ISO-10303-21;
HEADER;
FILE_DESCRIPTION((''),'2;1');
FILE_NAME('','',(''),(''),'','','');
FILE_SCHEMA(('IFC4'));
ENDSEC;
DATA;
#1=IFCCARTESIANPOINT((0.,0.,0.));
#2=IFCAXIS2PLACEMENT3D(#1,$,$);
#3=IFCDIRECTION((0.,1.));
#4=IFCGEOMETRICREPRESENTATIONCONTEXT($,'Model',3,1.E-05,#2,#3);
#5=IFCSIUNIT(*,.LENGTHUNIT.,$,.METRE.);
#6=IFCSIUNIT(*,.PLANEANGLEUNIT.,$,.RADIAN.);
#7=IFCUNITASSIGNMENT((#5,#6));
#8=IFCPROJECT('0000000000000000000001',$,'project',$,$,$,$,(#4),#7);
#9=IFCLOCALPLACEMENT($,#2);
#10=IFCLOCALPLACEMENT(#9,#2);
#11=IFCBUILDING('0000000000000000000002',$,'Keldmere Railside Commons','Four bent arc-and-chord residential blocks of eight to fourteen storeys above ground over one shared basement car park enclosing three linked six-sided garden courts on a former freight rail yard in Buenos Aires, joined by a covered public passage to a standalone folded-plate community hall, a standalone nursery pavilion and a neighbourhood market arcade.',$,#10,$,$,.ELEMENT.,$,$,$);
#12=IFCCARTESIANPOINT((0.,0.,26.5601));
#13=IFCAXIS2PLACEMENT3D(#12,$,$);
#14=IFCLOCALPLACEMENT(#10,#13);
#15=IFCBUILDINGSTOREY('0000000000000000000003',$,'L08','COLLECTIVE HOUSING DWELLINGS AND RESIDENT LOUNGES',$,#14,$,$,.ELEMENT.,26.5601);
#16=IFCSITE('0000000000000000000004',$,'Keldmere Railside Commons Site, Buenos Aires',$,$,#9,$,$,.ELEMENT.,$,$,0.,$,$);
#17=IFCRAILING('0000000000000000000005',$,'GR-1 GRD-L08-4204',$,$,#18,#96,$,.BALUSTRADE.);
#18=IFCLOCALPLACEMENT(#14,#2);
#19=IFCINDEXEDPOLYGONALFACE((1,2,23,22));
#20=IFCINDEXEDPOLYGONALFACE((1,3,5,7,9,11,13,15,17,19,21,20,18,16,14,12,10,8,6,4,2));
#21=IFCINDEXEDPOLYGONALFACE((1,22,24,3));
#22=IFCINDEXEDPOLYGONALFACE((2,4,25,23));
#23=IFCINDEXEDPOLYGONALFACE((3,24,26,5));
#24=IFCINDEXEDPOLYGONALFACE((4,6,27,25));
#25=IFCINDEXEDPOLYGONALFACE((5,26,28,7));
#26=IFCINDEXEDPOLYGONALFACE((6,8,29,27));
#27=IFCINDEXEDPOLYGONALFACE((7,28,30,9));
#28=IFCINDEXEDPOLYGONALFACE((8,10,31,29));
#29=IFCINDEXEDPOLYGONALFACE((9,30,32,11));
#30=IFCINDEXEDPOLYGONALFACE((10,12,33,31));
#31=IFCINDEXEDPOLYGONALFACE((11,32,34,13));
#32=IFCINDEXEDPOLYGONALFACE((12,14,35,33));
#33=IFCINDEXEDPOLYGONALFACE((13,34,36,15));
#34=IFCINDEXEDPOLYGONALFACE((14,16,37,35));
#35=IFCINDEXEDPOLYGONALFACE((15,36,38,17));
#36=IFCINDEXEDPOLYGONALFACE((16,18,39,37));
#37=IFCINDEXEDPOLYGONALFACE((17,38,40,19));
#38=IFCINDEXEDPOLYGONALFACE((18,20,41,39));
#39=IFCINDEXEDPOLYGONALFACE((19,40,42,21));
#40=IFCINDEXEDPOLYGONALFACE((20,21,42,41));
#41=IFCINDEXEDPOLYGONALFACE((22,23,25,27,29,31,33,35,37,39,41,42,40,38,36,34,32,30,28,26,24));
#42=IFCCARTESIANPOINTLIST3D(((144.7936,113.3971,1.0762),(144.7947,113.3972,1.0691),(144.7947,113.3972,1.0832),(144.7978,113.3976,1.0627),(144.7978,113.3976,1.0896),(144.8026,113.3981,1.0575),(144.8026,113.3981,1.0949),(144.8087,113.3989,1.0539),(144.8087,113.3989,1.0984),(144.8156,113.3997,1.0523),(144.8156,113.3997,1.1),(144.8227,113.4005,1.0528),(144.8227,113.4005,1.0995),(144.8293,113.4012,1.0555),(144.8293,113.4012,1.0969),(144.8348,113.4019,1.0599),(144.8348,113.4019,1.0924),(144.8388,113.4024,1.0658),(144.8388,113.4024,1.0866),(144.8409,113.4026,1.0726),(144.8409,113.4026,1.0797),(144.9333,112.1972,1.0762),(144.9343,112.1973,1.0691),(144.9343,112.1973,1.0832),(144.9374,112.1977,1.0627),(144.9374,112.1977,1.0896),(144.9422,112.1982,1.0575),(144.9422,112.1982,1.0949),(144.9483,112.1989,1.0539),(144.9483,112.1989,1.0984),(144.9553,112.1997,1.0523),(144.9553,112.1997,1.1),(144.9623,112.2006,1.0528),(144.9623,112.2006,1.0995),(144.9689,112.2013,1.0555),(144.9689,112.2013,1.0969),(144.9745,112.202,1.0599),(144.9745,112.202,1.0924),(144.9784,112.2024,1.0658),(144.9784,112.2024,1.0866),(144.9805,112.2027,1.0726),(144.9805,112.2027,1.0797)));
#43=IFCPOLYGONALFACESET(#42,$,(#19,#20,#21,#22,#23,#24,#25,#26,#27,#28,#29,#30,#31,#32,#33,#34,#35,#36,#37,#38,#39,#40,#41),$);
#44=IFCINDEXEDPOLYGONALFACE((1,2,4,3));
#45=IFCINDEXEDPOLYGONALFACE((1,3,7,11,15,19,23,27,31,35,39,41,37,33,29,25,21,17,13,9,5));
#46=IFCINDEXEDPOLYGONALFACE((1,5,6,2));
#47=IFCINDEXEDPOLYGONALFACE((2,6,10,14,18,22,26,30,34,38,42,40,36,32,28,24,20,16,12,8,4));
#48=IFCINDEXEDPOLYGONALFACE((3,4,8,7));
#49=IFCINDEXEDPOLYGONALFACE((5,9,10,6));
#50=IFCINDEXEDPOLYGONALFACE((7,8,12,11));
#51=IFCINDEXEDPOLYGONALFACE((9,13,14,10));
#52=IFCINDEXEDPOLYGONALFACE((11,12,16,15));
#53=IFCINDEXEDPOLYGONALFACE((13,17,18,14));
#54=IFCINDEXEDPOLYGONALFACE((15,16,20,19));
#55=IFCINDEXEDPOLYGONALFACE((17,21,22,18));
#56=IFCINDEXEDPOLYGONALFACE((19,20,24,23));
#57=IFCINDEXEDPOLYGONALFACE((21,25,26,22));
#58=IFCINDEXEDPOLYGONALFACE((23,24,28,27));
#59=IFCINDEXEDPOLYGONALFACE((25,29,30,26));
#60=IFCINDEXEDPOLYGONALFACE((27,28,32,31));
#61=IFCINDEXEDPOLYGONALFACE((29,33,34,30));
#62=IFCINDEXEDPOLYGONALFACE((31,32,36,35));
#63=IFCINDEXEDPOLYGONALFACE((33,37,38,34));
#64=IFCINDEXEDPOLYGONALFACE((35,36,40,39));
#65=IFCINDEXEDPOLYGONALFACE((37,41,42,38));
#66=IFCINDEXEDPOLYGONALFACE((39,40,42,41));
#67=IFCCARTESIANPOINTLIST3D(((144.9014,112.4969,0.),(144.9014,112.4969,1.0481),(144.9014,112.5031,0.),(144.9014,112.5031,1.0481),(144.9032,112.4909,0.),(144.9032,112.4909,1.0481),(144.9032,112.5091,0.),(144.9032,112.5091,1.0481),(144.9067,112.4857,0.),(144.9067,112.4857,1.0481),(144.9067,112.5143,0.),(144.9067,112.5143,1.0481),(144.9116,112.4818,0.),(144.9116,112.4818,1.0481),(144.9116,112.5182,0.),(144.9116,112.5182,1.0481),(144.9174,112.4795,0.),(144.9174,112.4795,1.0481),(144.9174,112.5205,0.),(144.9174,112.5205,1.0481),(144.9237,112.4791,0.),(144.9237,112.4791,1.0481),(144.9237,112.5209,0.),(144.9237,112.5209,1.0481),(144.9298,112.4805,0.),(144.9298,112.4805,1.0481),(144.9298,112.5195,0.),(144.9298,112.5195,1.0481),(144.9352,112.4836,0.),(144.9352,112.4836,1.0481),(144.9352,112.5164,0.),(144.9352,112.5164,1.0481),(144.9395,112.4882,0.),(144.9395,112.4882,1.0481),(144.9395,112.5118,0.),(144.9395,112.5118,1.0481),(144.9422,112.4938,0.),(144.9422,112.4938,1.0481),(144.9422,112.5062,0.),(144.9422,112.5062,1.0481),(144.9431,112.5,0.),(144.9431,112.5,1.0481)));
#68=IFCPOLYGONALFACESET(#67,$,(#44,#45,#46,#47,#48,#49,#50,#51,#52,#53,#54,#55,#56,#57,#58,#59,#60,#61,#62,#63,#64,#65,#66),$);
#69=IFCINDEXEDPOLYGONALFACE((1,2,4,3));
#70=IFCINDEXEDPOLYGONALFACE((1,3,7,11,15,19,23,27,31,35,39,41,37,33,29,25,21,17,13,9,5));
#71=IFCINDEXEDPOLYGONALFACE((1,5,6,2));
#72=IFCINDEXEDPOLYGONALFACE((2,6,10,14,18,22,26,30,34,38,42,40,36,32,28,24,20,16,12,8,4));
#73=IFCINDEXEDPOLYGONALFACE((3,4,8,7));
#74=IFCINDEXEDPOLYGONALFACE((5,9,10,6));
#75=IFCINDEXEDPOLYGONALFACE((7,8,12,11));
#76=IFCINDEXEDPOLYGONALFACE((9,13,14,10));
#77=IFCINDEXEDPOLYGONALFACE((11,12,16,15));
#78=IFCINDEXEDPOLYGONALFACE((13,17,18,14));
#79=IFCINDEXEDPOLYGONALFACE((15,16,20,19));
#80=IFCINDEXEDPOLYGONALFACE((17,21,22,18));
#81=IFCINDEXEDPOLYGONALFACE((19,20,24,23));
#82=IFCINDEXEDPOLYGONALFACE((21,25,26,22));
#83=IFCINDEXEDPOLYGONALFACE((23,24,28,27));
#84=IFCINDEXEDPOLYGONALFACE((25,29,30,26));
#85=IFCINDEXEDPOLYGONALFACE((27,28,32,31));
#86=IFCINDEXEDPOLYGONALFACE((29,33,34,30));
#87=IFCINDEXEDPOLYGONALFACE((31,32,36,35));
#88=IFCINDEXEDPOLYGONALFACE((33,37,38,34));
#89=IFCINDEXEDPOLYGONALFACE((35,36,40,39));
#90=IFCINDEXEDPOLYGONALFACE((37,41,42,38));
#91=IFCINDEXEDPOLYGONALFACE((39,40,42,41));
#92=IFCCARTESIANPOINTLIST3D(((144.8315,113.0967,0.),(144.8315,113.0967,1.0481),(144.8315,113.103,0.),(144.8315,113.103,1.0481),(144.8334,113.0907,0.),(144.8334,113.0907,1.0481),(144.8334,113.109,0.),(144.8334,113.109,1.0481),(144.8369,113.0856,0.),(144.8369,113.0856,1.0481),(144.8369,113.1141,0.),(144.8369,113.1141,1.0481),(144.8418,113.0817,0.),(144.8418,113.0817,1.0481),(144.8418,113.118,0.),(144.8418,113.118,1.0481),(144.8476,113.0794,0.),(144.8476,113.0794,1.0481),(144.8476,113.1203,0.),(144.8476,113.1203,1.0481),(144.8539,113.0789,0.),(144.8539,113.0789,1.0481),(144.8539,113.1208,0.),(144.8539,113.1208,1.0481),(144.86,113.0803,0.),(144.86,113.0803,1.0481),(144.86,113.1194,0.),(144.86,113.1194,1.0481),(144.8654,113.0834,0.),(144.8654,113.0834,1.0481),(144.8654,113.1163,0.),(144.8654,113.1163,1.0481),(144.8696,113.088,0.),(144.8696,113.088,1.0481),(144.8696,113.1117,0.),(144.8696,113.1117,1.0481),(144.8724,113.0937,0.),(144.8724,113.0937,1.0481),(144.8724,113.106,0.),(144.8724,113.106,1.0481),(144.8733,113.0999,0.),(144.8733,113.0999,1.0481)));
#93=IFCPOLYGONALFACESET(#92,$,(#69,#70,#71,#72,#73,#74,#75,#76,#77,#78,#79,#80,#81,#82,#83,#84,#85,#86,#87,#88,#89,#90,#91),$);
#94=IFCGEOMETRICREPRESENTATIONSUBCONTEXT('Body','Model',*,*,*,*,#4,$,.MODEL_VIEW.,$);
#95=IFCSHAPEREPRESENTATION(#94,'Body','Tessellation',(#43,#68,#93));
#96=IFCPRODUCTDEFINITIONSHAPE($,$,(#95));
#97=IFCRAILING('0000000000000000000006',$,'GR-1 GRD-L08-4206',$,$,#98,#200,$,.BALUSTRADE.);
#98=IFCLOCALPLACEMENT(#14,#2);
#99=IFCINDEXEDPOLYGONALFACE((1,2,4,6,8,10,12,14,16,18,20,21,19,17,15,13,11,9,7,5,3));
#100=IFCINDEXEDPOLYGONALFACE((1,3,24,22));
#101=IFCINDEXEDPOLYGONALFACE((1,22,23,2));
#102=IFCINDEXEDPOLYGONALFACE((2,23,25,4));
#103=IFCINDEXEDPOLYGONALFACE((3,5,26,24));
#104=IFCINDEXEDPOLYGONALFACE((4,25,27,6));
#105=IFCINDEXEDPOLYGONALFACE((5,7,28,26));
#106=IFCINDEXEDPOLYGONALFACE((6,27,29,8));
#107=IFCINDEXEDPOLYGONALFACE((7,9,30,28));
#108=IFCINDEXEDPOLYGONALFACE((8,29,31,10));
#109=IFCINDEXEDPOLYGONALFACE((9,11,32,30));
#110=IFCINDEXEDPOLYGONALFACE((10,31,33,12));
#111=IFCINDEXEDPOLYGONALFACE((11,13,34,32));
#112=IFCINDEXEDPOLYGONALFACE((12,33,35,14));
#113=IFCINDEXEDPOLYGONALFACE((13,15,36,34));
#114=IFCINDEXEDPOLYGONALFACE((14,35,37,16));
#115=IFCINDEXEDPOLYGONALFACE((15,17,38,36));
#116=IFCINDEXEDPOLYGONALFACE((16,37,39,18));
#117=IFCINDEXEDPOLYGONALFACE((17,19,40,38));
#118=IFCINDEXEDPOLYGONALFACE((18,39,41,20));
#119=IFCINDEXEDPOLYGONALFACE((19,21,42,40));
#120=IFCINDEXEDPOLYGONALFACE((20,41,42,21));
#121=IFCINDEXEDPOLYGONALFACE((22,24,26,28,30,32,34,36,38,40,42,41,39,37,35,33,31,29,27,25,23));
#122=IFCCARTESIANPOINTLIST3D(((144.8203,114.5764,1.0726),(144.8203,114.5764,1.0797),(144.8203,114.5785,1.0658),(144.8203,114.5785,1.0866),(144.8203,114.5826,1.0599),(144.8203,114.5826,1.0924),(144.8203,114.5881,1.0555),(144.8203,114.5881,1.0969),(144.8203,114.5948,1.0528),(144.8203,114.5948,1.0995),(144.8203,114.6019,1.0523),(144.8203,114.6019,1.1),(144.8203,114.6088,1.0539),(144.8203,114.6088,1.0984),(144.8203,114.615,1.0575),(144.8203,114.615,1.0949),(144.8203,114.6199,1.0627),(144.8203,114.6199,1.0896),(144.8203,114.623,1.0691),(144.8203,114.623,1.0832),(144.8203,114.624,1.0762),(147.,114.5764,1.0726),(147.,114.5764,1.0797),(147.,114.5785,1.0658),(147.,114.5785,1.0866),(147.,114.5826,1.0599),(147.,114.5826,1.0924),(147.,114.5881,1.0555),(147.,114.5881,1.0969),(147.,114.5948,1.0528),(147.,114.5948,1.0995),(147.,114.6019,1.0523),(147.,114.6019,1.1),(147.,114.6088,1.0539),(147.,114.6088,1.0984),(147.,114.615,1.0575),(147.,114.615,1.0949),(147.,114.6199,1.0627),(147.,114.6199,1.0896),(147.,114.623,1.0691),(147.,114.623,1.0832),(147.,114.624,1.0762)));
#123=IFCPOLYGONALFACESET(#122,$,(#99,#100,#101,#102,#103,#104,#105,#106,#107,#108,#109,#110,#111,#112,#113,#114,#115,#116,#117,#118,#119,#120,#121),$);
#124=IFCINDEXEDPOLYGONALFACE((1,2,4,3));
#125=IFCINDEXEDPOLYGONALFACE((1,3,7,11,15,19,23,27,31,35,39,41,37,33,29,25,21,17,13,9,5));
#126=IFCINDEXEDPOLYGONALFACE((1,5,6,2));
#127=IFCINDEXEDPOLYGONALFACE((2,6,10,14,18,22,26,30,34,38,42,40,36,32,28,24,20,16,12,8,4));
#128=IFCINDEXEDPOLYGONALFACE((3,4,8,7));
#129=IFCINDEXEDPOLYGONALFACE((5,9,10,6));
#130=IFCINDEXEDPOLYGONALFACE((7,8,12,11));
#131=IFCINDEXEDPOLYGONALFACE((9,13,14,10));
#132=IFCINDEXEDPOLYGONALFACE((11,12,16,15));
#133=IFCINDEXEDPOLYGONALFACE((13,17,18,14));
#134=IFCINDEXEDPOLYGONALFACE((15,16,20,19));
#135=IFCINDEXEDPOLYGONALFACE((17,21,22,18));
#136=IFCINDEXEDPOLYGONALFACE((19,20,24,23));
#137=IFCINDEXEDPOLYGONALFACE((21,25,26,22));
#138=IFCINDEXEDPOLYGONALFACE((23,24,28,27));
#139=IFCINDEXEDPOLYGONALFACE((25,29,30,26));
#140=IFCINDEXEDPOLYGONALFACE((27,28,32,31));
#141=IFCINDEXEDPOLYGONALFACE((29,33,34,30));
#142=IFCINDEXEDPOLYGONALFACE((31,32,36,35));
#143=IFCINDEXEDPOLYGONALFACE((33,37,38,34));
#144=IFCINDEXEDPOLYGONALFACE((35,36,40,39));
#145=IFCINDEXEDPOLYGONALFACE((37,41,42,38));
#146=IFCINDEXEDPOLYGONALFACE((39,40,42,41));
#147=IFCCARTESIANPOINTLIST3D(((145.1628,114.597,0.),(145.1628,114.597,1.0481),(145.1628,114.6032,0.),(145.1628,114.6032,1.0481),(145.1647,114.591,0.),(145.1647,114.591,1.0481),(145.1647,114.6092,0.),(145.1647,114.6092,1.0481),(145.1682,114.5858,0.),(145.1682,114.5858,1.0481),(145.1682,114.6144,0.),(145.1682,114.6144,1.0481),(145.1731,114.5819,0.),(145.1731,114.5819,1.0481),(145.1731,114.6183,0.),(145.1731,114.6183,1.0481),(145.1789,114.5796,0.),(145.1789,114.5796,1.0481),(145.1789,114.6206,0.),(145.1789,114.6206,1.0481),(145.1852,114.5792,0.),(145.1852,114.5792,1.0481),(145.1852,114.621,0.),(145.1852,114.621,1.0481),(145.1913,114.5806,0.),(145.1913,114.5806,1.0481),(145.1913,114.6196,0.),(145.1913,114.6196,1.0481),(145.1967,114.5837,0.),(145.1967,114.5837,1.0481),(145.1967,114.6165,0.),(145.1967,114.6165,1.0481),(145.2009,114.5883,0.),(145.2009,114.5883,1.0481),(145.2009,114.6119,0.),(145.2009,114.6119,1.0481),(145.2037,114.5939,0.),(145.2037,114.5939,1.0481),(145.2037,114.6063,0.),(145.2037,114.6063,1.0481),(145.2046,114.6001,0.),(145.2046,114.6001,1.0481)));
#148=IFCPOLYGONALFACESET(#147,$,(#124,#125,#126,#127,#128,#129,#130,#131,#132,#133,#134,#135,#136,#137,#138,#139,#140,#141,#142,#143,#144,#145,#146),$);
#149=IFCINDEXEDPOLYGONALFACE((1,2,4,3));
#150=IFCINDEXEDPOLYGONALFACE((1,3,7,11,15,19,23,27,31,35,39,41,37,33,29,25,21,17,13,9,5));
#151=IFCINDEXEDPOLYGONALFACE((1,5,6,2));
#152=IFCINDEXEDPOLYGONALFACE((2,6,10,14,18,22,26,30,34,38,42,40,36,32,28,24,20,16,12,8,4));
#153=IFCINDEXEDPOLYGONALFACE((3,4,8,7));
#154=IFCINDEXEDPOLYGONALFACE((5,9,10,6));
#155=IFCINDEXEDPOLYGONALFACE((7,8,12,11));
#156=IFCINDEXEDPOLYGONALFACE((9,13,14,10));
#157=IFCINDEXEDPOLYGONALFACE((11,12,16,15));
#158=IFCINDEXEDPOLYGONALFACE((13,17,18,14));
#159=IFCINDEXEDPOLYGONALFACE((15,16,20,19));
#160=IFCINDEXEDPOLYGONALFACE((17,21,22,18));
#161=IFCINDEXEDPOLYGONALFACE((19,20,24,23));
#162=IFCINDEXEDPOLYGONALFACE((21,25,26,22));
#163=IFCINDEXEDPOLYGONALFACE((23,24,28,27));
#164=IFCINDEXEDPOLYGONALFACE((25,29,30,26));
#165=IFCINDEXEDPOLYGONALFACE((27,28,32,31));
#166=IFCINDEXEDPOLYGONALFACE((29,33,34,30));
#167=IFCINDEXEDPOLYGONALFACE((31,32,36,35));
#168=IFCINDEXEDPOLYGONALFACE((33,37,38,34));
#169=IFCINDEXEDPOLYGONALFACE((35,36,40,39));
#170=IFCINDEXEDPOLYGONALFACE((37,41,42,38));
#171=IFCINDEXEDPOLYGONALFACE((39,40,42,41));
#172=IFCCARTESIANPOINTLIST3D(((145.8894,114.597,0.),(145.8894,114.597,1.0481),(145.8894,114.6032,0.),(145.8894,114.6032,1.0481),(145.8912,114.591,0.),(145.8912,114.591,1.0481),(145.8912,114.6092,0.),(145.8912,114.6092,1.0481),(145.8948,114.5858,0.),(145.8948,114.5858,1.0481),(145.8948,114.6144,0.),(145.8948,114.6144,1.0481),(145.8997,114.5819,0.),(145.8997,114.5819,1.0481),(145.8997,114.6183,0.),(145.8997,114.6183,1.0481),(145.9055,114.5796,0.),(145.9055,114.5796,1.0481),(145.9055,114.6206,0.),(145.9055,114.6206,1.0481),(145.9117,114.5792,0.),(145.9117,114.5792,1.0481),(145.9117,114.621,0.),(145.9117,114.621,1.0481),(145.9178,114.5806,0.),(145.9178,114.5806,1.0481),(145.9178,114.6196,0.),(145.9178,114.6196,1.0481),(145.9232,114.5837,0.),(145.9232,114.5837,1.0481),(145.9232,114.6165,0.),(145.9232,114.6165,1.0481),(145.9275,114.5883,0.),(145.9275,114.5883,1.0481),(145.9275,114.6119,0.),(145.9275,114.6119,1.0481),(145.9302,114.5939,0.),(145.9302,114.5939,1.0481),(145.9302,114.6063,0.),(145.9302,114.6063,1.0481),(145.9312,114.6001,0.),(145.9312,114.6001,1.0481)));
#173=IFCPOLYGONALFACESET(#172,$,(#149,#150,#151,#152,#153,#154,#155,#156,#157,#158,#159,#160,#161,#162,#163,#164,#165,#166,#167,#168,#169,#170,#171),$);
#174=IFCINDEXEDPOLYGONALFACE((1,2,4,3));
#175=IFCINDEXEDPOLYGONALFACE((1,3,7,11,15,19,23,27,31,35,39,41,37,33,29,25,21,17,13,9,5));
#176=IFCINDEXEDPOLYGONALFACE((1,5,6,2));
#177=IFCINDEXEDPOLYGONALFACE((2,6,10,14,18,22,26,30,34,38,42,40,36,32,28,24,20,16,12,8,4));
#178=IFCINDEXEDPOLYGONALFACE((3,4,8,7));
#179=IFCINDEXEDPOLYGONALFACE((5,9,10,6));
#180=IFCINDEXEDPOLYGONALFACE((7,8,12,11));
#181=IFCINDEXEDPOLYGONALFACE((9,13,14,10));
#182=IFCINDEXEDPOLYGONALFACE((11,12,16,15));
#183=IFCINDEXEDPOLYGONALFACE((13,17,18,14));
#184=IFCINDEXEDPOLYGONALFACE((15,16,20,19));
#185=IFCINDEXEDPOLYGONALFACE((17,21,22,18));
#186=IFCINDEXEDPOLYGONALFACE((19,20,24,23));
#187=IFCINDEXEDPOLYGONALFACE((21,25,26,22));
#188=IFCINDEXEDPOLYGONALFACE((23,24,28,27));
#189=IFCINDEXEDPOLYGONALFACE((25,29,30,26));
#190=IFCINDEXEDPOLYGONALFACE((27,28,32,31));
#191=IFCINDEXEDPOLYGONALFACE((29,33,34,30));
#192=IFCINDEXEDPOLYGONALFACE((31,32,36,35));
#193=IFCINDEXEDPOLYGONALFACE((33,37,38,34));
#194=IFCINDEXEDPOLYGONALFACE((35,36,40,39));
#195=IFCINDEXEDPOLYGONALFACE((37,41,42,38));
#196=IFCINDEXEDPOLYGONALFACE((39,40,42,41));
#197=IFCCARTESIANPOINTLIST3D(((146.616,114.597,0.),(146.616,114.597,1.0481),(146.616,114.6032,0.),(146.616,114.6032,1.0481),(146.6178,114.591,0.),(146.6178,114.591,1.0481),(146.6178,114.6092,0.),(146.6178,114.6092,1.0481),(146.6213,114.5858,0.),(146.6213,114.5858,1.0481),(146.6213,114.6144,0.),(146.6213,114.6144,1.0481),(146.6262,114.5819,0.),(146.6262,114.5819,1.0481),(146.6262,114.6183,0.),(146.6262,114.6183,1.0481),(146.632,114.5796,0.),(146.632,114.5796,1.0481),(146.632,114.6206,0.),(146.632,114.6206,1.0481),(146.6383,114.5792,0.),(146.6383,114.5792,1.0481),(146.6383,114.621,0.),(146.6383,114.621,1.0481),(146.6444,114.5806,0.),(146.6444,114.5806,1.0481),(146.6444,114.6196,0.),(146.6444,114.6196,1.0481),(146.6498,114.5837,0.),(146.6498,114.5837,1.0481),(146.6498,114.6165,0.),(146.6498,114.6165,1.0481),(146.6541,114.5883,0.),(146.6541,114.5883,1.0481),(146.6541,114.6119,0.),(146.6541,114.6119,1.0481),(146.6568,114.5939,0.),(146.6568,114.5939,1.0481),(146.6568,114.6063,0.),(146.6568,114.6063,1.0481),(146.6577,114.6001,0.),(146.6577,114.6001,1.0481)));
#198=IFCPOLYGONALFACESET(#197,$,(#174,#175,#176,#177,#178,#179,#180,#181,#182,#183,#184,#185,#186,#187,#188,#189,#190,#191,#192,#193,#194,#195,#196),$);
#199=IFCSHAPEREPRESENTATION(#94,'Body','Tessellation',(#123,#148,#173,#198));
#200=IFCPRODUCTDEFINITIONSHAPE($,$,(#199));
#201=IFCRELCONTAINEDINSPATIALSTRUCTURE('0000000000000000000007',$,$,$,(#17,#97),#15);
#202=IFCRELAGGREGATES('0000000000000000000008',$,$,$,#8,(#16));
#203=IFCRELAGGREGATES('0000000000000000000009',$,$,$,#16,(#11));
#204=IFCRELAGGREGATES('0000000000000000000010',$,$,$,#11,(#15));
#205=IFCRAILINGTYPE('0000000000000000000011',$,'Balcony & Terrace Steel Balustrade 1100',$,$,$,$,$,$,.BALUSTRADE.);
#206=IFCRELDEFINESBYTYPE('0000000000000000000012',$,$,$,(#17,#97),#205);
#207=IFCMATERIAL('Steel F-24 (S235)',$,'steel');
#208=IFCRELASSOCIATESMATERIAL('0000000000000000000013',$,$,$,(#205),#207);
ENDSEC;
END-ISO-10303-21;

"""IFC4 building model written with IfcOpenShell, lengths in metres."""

from ifc_helpers import new_model, si_unit, direction, frame, origin, origin_2d, place, context, subcontext, project, spatial, circle, extrude, material, type_object, element, save


model = new_model("IFC4")

# Units and contexts
model_context = context("Model", 3, precision=1e-05, world=origin(), true_north=direction((0.0, 1.0)))
body_context = subcontext(model_context, "Body", "Model", "MODEL_VIEW")
ifc_project = project(units=[si_unit("LENGTHUNIT", "METRE"), si_unit("PLANEANGLEUNIT", "RADIAN")], contexts=[model_context])

# Site, building, storey
site_placement = place(None, origin())
site = spatial("IfcSite", under=ifc_project, at=site_placement, Name="Keldmere Railside Commons Site, Buenos Aires", CompositionType="ELEMENT", RefElevation=0.0)
building_placement = place(site_placement, origin())
building = spatial("IfcBuilding", under=site, at=building_placement, Name="Keldmere Railside Commons", Description="Four bent arc-and-chord residential blocks of eight to fourteen storeys above ground over one shared basement car park enclosing three linked six-sided garden courts on a former freight rail yard in Buenos Aires, joined by a covered public passage to a standalone folded-plate community hall, a standalone nursery pavilion and a neighbourhood market arcade.", CompositionType="ELEMENT")
storey_placement = place(building_placement, frame((0.0, 0.0, 26.5601)))
storey = spatial("IfcBuildingStorey", under=building, at=storey_placement, Name="L08", Description="COLLECTIVE HOUSING DWELLINGS AND RESIDENT LOUNGES", CompositionType="ELEMENT", Elevation=26.5601)

# Railings
ifc_material_1 = material(Name="Steel F-24 (S235)", Category="steel")
railing_type = type_object("IfcRailingType", Name="Balcony & Terrace Steel Balustrade 1100", PredefinedType="BALUSTRADE", material=ifc_material_1)
railing_1_placement = place(storey_placement, frame((144.957, 112.2, 0.0)))
element("IfcRailing", 1, at=railing_1_placement, inside=storey, type_object=railing_type, Name="GR-1 GRD-L08-4204", PredefinedType="BALUSTRADE", context=body_context, shape_type="SweptSolid", body=[
    extrude(circle(Radius=0.0239, at=origin_2d()), frame((0.0, 0.0, 1.0762), z_axis=(-0.115598, 0.993296, 0.0), x_axis=(-0.993296, -0.115598, 0.0)), (0.0, 0.0, 1.0), 1.208),
    extrude(circle(Radius=0.021, at=origin_2d()), frame((-0.0349, 0.3, 0.0)), (0.0, 0.0, 1.0), 1.0481),
    extrude(circle(Radius=0.021, at=origin_2d()), frame((-0.1047, 0.8999, 0.0)), (0.0, 0.0, 1.0), 1.0481),
])
railing_2_placement = place(storey_placement, frame((144.8203, 114.6001, 0.0)))
element("IfcRailing", 2, at=railing_2_placement, inside=storey, type_object=railing_type, Name="GR-1 GRD-L08-4206", PredefinedType="BALUSTRADE", context=body_context, shape_type="SweptSolid", body=[
    extrude(circle(Radius=0.0239, at=origin_2d()), frame((0.0, 0.0, 1.0762), z_axis=(1.0, 0.0, 0.0), x_axis=(0.0, 1.0, 0.0)), (0.0, 0.0, 1.0), 2.1797),
    extrude(circle(Radius=0.021, at=origin_2d()), frame((0.3633, 0.0, 0.0)), (0.0, 0.0, 1.0), 1.0481),
    extrude(circle(Radius=0.021, at=origin_2d()), frame((1.0898, 0.0, 0.0)), (0.0, 0.0, 1.0), 1.0481),
    extrude(circle(Radius=0.021, at=origin_2d()), frame((1.8164, 0.0, 0.0)), (0.0, 0.0, 1.0), 1.0481),
])

save(model, "model.ifc")
